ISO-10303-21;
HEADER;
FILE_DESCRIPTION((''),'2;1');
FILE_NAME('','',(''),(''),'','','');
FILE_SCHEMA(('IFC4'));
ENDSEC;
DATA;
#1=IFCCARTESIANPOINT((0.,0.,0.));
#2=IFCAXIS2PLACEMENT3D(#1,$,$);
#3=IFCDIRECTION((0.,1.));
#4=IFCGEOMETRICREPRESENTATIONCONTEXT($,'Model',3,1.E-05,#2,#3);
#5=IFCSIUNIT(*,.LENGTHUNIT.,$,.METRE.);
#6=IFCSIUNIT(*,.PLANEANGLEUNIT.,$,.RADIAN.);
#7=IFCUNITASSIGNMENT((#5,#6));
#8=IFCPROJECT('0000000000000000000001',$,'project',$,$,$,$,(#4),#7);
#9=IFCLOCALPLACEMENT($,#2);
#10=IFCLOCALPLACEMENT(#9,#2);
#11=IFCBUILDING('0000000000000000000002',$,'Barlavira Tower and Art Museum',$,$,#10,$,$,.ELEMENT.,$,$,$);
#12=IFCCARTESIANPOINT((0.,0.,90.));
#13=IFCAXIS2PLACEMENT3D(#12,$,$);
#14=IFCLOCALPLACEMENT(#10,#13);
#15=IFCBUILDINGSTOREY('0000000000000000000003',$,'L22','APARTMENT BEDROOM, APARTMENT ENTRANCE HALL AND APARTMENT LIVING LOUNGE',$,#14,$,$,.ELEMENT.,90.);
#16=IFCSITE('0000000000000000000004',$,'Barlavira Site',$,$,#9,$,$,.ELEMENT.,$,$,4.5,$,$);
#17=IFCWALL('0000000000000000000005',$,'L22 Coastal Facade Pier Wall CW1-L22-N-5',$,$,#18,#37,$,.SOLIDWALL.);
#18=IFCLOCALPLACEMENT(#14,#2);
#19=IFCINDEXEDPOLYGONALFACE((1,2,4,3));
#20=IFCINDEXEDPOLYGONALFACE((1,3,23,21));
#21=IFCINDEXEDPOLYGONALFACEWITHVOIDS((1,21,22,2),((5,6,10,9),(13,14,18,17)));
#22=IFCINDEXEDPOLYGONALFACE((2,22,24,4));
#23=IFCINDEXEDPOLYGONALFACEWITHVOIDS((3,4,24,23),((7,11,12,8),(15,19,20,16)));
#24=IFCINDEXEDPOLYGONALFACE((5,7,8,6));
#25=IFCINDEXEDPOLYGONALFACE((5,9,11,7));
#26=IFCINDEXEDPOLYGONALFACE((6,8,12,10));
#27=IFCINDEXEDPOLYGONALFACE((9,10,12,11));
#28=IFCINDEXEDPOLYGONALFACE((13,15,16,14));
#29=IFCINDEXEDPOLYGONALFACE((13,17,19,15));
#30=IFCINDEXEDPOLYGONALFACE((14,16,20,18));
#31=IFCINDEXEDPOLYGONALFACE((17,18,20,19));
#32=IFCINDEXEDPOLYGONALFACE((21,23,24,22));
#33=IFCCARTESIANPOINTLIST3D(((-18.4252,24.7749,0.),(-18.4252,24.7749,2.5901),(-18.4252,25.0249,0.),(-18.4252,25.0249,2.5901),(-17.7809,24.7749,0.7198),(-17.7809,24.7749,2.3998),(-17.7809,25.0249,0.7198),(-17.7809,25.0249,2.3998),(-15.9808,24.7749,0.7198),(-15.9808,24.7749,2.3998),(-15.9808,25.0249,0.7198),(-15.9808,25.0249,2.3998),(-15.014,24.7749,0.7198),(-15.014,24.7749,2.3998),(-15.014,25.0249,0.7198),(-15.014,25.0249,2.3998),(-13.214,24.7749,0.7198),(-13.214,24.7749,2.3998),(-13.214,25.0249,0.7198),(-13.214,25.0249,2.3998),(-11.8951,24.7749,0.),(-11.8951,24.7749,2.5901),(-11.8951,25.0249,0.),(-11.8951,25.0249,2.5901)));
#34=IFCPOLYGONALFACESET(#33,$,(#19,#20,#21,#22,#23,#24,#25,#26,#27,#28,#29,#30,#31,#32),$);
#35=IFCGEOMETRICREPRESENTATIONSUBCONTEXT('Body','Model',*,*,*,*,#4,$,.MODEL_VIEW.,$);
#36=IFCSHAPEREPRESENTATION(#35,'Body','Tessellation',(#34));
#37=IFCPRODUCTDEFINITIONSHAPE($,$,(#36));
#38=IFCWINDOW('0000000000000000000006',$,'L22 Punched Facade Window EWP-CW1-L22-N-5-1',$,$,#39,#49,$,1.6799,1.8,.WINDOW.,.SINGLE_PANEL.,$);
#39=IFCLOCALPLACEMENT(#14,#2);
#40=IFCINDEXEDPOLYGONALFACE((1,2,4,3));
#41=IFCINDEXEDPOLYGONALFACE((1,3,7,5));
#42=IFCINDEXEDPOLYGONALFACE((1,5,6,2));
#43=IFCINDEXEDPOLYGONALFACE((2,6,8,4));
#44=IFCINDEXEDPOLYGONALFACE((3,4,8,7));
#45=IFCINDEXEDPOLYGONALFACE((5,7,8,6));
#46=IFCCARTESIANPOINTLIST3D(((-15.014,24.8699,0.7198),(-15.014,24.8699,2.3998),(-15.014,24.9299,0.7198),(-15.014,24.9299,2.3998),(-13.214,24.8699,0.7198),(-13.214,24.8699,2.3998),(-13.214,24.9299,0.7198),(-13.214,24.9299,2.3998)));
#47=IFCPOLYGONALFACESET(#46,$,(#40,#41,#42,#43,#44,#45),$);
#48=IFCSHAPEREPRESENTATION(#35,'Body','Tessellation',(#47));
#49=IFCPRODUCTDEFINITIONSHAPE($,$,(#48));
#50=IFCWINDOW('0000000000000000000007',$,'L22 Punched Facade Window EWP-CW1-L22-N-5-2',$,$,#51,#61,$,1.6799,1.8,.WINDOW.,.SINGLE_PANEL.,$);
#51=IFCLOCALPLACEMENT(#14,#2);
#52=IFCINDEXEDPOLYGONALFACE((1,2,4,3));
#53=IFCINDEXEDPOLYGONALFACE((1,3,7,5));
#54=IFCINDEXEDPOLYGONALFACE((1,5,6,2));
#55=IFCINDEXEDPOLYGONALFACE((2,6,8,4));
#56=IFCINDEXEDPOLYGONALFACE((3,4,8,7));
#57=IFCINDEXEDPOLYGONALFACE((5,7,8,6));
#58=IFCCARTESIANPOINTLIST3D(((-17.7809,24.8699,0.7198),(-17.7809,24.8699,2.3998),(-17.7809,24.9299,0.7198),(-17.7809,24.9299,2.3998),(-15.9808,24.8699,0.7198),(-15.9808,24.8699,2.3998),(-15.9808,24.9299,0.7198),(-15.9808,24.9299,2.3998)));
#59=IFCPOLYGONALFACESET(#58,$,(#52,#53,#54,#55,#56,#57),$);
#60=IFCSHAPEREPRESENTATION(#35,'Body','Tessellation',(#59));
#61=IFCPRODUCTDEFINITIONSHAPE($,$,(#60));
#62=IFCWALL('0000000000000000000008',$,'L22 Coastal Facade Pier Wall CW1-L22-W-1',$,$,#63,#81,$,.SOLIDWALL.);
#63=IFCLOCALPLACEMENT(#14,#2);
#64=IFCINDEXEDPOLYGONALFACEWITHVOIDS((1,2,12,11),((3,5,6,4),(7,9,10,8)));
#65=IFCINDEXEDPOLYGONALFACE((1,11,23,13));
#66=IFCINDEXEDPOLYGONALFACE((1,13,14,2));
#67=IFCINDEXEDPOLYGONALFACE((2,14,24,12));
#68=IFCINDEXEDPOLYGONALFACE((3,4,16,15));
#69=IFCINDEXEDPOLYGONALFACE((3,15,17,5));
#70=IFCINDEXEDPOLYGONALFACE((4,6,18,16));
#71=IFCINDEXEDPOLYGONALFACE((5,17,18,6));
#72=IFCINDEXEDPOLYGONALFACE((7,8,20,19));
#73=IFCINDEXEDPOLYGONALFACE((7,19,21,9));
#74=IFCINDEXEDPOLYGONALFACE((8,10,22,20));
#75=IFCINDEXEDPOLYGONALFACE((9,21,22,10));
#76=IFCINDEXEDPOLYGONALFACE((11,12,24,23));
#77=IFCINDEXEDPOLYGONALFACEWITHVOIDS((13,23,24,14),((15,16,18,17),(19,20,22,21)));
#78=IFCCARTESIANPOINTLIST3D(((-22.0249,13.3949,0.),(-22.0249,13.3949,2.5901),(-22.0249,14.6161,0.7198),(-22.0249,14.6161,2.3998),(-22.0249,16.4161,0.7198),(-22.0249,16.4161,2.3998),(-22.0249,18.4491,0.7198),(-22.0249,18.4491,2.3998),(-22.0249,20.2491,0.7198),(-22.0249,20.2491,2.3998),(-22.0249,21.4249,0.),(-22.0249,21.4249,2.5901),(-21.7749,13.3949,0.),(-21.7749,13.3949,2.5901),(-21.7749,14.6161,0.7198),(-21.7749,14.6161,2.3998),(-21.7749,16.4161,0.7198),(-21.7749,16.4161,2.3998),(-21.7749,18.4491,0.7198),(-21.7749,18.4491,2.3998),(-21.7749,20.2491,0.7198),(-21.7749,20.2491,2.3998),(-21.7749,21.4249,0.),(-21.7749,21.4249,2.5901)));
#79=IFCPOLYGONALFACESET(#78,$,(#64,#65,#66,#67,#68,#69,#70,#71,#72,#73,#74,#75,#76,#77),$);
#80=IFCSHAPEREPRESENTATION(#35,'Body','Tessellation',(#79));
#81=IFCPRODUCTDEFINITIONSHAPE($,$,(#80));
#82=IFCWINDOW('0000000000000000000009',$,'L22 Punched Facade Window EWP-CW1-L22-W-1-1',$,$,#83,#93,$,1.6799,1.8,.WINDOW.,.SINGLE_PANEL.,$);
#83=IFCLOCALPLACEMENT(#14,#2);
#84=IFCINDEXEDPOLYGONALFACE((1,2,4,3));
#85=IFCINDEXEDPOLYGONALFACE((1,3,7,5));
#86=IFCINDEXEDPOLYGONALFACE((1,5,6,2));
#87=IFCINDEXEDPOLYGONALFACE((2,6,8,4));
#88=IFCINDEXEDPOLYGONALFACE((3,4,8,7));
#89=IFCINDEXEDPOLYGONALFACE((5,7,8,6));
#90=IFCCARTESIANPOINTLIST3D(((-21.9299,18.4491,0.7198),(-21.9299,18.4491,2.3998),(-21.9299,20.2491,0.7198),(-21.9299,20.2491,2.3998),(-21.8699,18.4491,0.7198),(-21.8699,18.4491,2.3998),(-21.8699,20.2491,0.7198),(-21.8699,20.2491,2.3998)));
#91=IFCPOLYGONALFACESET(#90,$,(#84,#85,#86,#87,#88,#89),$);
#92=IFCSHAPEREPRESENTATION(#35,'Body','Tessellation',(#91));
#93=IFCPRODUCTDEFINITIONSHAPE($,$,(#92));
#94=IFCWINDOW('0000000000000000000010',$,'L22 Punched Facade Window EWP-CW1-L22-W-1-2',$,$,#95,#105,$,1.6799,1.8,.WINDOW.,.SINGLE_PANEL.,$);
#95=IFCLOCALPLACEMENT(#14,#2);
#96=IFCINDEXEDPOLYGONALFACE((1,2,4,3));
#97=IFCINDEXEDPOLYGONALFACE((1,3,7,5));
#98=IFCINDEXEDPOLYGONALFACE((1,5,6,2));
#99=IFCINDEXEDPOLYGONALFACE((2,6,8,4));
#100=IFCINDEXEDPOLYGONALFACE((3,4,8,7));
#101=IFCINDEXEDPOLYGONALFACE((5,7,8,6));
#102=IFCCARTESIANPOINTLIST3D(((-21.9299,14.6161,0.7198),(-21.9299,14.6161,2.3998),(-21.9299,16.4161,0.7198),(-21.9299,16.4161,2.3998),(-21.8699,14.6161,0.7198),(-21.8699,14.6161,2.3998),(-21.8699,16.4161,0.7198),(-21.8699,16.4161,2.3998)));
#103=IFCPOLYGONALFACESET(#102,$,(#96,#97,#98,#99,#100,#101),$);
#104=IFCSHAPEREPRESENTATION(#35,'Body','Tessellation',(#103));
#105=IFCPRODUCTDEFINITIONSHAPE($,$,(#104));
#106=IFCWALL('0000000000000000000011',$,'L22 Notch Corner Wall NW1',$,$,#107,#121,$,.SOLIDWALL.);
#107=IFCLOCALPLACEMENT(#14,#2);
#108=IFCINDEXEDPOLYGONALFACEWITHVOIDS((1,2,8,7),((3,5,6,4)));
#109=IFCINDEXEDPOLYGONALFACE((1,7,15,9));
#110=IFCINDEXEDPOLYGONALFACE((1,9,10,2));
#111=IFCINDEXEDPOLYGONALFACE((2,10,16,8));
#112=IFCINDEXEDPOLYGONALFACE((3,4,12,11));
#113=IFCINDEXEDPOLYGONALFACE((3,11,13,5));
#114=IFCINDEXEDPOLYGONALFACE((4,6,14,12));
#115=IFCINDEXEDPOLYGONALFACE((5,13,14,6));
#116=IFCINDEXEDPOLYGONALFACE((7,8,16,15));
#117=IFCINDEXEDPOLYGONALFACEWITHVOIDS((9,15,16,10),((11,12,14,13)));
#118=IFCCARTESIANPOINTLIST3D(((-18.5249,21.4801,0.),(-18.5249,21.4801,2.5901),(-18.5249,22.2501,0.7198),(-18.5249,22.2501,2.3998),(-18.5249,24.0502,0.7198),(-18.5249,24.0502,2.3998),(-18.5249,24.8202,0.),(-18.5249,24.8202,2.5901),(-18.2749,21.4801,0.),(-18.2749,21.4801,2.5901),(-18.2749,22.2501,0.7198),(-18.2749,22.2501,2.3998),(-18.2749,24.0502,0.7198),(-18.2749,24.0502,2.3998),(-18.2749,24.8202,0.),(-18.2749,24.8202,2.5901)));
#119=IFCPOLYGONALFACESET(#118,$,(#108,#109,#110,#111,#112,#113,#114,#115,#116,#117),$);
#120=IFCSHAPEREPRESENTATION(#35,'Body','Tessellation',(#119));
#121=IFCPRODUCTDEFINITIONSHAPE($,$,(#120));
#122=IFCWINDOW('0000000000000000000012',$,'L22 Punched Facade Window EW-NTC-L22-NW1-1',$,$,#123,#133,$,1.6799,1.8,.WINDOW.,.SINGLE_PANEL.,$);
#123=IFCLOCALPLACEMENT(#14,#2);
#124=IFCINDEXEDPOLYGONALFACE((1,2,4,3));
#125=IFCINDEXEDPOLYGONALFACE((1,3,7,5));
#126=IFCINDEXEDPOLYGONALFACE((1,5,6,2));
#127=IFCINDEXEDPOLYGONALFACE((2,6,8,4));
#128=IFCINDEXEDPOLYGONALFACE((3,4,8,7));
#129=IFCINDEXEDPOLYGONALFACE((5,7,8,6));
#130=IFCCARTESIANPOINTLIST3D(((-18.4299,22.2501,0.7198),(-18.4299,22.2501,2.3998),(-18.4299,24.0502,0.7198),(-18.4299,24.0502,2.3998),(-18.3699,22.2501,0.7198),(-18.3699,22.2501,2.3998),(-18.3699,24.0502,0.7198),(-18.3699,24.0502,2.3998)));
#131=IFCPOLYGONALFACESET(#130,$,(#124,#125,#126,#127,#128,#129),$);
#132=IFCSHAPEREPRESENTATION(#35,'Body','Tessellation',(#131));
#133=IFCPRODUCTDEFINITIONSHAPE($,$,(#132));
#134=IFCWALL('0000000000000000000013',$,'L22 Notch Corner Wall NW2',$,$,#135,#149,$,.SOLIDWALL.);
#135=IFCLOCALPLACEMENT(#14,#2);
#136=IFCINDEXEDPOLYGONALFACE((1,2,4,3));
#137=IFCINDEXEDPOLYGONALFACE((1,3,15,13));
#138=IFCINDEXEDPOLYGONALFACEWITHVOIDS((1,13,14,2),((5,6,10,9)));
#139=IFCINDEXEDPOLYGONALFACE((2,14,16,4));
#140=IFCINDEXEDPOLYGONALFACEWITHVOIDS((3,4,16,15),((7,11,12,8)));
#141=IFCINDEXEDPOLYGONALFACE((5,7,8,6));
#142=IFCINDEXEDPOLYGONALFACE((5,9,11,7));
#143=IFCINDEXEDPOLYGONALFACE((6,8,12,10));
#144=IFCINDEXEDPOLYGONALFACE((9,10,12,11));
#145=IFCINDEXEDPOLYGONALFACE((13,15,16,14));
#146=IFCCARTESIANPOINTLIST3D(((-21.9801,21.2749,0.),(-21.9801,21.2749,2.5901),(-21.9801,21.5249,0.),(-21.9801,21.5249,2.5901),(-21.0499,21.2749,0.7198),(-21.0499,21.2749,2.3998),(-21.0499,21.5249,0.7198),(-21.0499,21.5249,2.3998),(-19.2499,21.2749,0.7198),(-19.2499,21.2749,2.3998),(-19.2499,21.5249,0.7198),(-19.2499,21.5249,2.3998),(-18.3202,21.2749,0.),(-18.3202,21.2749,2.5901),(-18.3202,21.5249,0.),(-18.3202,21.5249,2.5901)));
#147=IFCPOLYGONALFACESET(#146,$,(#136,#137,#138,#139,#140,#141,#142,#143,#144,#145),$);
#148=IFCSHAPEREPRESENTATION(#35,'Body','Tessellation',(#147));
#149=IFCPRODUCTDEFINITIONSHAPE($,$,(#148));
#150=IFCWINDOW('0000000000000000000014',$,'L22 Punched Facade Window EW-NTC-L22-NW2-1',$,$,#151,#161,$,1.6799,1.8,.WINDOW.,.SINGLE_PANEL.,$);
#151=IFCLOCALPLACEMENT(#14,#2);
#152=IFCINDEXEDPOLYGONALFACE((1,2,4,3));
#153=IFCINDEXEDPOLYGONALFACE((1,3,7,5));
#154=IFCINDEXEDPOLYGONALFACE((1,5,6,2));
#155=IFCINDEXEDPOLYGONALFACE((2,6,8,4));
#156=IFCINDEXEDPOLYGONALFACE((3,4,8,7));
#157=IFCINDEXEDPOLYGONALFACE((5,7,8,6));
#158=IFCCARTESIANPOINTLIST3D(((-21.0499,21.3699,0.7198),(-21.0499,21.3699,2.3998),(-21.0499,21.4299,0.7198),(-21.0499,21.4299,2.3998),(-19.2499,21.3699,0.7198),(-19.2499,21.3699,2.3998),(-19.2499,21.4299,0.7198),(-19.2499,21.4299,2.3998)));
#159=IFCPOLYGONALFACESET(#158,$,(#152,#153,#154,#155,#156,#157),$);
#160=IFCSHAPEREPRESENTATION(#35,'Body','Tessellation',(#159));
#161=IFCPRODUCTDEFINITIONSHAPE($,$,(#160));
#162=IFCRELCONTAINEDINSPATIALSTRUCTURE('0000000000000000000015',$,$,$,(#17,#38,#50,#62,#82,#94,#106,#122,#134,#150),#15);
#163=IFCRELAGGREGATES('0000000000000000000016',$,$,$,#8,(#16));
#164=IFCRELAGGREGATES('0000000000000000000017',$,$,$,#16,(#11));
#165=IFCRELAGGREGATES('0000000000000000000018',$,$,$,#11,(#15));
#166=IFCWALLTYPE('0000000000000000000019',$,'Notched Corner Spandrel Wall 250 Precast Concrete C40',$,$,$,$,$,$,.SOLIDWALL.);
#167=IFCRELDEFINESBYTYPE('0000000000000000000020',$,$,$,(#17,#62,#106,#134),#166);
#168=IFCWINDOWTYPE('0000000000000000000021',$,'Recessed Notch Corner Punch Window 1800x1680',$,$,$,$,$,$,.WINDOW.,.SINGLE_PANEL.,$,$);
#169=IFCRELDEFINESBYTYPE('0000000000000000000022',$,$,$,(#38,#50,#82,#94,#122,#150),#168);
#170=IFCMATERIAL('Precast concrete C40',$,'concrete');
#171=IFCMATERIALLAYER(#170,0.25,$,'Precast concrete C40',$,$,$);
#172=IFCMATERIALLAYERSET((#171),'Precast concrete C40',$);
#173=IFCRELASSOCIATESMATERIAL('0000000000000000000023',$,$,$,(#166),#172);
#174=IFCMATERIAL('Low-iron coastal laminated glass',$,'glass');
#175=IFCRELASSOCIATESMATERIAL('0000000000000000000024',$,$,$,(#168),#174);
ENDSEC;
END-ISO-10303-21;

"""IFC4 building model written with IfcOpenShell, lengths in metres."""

from ifc_helpers import new_model, si_unit, direction, frame, frame_2d, origin, place, context, subcontext, project, spatial, rectangle, extrude, material, layer, layer_set, type_object, element, fill, save


model = new_model("IFC4")

# Units and contexts
model_context = context("Model", 3, precision=1e-05, world=origin(), true_north=direction((0.0, 1.0)))
body_context = subcontext(model_context, "Body", "Model", "MODEL_VIEW")
ifc_project = project(units=[si_unit("LENGTHUNIT", "METRE"), si_unit("PLANEANGLEUNIT", "RADIAN")], contexts=[model_context])

# Site, building, storey
site_placement = place(None, origin())
site = spatial("IfcSite", under=ifc_project, at=site_placement, Name="Barlavira Site", CompositionType="ELEMENT", RefElevation=4.5)
building_placement = place(site_placement, origin())
building = spatial("IfcBuilding", under=site, at=building_placement, Name="Barlavira Tower and Art Museum", CompositionType="ELEMENT")
storey_placement = place(building_placement, frame((0.0, 0.0, 90.0)))
storey = spatial("IfcBuildingStorey", under=building, at=storey_placement, Name="L22", Description="APARTMENT BEDROOM, APARTMENT ENTRANCE HALL AND APARTMENT LIVING LOUNGE", CompositionType="ELEMENT", Elevation=90.0)

# Walls, openings, windows
ifc_material_1 = material(Name="Precast concrete C40", Category="concrete")
ifc_layer_1 = layer(ifc_material_1, 0.25, Name="Precast concrete C40")
ifc_layer_set_1 = layer_set([ifc_layer_1], Name="Precast concrete C40")
wall_type_1 = type_object("IfcWallType", Name="Notched Corner Spandrel Wall 250 Precast Concrete C40", PredefinedType="SOLIDWALL", material=ifc_layer_set_1)
wall_1_placement = place(storey_placement, frame((-11.895, 24.8999, 0.0), z_axis=(0.0, 0.0, 1.0), x_axis=(-1.0, 0.0, 0.0)))
wall_1 = element("IfcWall", 1, at=wall_1_placement, inside=storey, type_object=wall_type_1, Name="L22 Coastal Facade Pier Wall CW1-L22-N-5", PredefinedType="SOLIDWALL", context=body_context, shape_type="SweptSolid", body=[
    extrude(rectangle(XDim=6.53, YDim=0.25, at=frame_2d((3.2651, 0.0))), origin(), (0.0, 0.0, 1.0), 2.5901),
])
opening_1_placement = place(wall_1_placement, frame((1.3191, 0.0, 0.72)))
opening_1 = element("IfcOpeningElement", 2, at=opening_1_placement, cuts=wall_1, PredefinedType="OPENING", context=body_context, shape_type="SweptSolid", body=[
    extrude(rectangle(XDim=1.8, YDim=1.6799, at=frame_2d((0.8999, 0.8398))), frame((0.0, 0.135, 0.0), z_axis=(0.0, -1.0, 0.0), x_axis=(1.0, 0.0, 0.0)), (0.0, 0.0, 1.0), 0.27),
])
opening_2_placement = place(wall_1_placement, frame((4.0859, 0.0, 0.72)))
opening_2 = element("IfcOpeningElement", 3, at=opening_2_placement, cuts=wall_1, PredefinedType="OPENING", context=body_context, shape_type="SweptSolid", body=[
    extrude(rectangle(XDim=1.8, YDim=1.6799, at=frame_2d((0.8999, 0.8398))), frame((0.0, 0.135, 0.0), z_axis=(0.0, -1.0, 0.0), x_axis=(1.0, 0.0, 0.0)), (0.0, 0.0, 1.0), 0.27),
])
ifc_material_2 = material(Name="Low-iron coastal laminated glass", Category="glass")
window_type = type_object("IfcWindowType", Name="Recessed Notch Corner Punch Window 1800x1680", PartitioningType="SINGLE_PANEL", PredefinedType="WINDOW", material=ifc_material_2)
window_1_placement = place(opening_1_placement, origin())
window_1 = element("IfcWindow", 4, at=window_1_placement, inside=storey, type_object=window_type, Name="L22 Punched Facade Window EWP-CW1-L22-N-5-1", OverallHeight=1.6799, OverallWidth=1.8, PartitioningType="SINGLE_PANEL", PredefinedType="WINDOW", context=body_context, shape_type="SweptSolid", body=[
    extrude(rectangle(XDim=1.8, YDim=1.6799, at=frame_2d((0.8999, 0.8398))), frame((0.0, 0.03, 0.0), z_axis=(0.0, -1.0, 0.0), x_axis=(1.0, 0.0, 0.0)), (0.0, 0.0, 1.0), 0.0601),
])
fill(opening_1, window_1)
window_2_placement = place(opening_2_placement, origin())
window_2 = element("IfcWindow", 5, at=window_2_placement, inside=storey, type_object=window_type, Name="L22 Punched Facade Window EWP-CW1-L22-N-5-2", OverallHeight=1.6799, OverallWidth=1.8, PartitioningType="SINGLE_PANEL", PredefinedType="WINDOW", context=body_context, shape_type="SweptSolid", body=[
    extrude(rectangle(XDim=1.8, YDim=1.6799, at=frame_2d((0.8999, 0.8398))), frame((0.0, 0.03, 0.0), z_axis=(0.0, -1.0, 0.0), x_axis=(1.0, 0.0, 0.0)), (0.0, 0.0, 1.0), 0.0601),
])
fill(opening_2, window_2)
wall_2_placement = place(storey_placement, frame((-21.8999, 21.425, 0.0), z_axis=(0.0, 0.0, 1.0), x_axis=(0.0, -1.0, 0.0)))
wall_2 = element("IfcWall", 6, at=wall_2_placement, inside=storey, type_object=wall_type_1, Name="L22 Coastal Facade Pier Wall CW1-L22-W-1", PredefinedType="SOLIDWALL", context=body_context, shape_type="SweptSolid", body=[
    extrude(rectangle(XDim=8.03, YDim=0.25, at=frame_2d((4.0151, 0.0))), origin(), (0.0, 0.0, 1.0), 2.5901),
])
opening_3_placement = place(wall_2_placement, frame((1.176, 0.0, 0.72)))
opening_3 = element("IfcOpeningElement", 7, at=opening_3_placement, cuts=wall_2, PredefinedType="OPENING", context=body_context, shape_type="SweptSolid", body=[
    extrude(rectangle(XDim=1.8, YDim=1.6799, at=frame_2d((0.8999, 0.8398))), frame((0.0, 0.135, 0.0), z_axis=(0.0, -1.0, 0.0), x_axis=(1.0, 0.0, 0.0)), (0.0, 0.0, 1.0), 0.27),
])
opening_4_placement = place(wall_2_placement, frame((5.009, 0.0, 0.72)))
opening_4 = element("IfcOpeningElement", 8, at=opening_4_placement, cuts=wall_2, PredefinedType="OPENING", context=body_context, shape_type="SweptSolid", body=[
    extrude(rectangle(XDim=1.8, YDim=1.6799, at=frame_2d((0.8999, 0.8398))), frame((0.0, 0.135, 0.0), z_axis=(0.0, -1.0, 0.0), x_axis=(1.0, 0.0, 0.0)), (0.0, 0.0, 1.0), 0.27),
])
window_3_placement = place(opening_3_placement, origin())
window_3 = element("IfcWindow", 9, at=window_3_placement, inside=storey, type_object=window_type, Name="L22 Punched Facade Window EWP-CW1-L22-W-1-1", OverallHeight=1.6799, OverallWidth=1.8, PartitioningType="SINGLE_PANEL", PredefinedType="WINDOW", context=body_context, shape_type="SweptSolid", body=[
    extrude(rectangle(XDim=1.8, YDim=1.6799, at=frame_2d((0.8999, 0.8398))), frame((0.0, 0.03, 0.0), z_axis=(0.0, -1.0, 0.0), x_axis=(1.0, 0.0, 0.0)), (0.0, 0.0, 1.0), 0.0601),
])
fill(opening_3, window_3)
window_4_placement = place(opening_4_placement, origin())
window_4 = element("IfcWindow", 10, at=window_4_placement, inside=storey, type_object=window_type, Name="L22 Punched Facade Window EWP-CW1-L22-W-1-2", OverallHeight=1.6799, OverallWidth=1.8, PartitioningType="SINGLE_PANEL", PredefinedType="WINDOW", context=body_context, shape_type="SweptSolid", body=[
    extrude(rectangle(XDim=1.8, YDim=1.6799, at=frame_2d((0.8999, 0.8398))), frame((0.0, 0.03, 0.0), z_axis=(0.0, -1.0, 0.0), x_axis=(1.0, 0.0, 0.0)), (0.0, 0.0, 1.0), 0.0601),
])
fill(opening_4, window_4)

# Walls, openings, windows
wall_3_placement = place(storey_placement, frame((-18.3999, 24.8201, 0.0), z_axis=(0.0, 0.0, 1.0), x_axis=(0.0, -1.0, 0.0)))
wall_3 = element("IfcWall", 11, at=wall_3_placement, inside=storey, type_object=wall_type_1, Name="L22 Notch Corner Wall NW1", PredefinedType="SOLIDWALL", context=body_context, shape_type="SweptSolid", body=[
    extrude(rectangle(XDim=3.3401, YDim=0.25, at=frame_2d((1.6699, 0.0))), origin(), (0.0, 0.0, 1.0), 2.5901),
])
opening_5_placement = place(wall_3_placement, frame((0.77, 0.0, 0.72)))
opening_5 = element("IfcOpeningElement", 12, at=opening_5_placement, cuts=wall_3, PredefinedType="OPENING", context=body_context, shape_type="SweptSolid", body=[
    extrude(rectangle(XDim=1.8, YDim=1.6799, at=frame_2d((0.8999, 0.8398))), frame((0.0, 0.135, 0.0), z_axis=(0.0, -1.0, 0.0), x_axis=(1.0, 0.0, 0.0)), (0.0, 0.0, 1.0), 0.27),
])
window_5_placement = place(opening_5_placement, origin())
window_5 = element("IfcWindow", 13, at=window_5_placement, inside=storey, type_object=window_type, Name="L22 Punched Facade Window EW-NTC-L22-NW1-1", OverallHeight=1.6799, OverallWidth=1.8, PartitioningType="SINGLE_PANEL", PredefinedType="WINDOW", context=body_context, shape_type="SweptSolid", body=[
    extrude(rectangle(XDim=1.8, YDim=1.6799, at=frame_2d((0.8999, 0.8398))), frame((0.0, 0.03, 0.0), z_axis=(0.0, -1.0, 0.0), x_axis=(1.0, 0.0, 0.0)), (0.0, 0.0, 1.0), 0.0601),
])
fill(opening_5, window_5)
wall_4_placement = place(storey_placement, frame((-18.3201, 21.3999, 0.0), z_axis=(0.0, 0.0, 1.0), x_axis=(-1.0, 0.0, 0.0)))
wall_4 = element("IfcWall", 14, at=wall_4_placement, inside=storey, type_object=wall_type_1, Name="L22 Notch Corner Wall NW2", PredefinedType="SOLIDWALL", context=body_context, shape_type="SweptSolid", body=[
    extrude(rectangle(XDim=3.6599, YDim=0.25, at=frame_2d((1.8301, 0.0))), origin(), (0.0, 0.0, 1.0), 2.5901),
])
opening_6_placement = place(wall_4_placement, frame((0.9299, 0.0, 0.72)))
opening_6 = element("IfcOpeningElement", 15, at=opening_6_placement, cuts=wall_4, PredefinedType="OPENING", context=body_context, shape_type="SweptSolid", body=[
    extrude(rectangle(XDim=1.8, YDim=1.6799, at=frame_2d((0.8999, 0.8398))), frame((0.0, 0.135, 0.0), z_axis=(0.0, -1.0, 0.0), x_axis=(1.0, 0.0, 0.0)), (0.0, 0.0, 1.0), 0.27),
])
window_6_placement = place(opening_6_placement, origin())
window_6 = element("IfcWindow", 16, at=window_6_placement, inside=storey, type_object=window_type, Name="L22 Punched Facade Window EW-NTC-L22-NW2-1", OverallHeight=1.6799, OverallWidth=1.8, PartitioningType="SINGLE_PANEL", PredefinedType="WINDOW", context=body_context, shape_type="SweptSolid", body=[
    extrude(rectangle(XDim=1.8, YDim=1.6799, at=frame_2d((0.8999, 0.8398))), frame((0.0, 0.03, 0.0), z_axis=(0.0, -1.0, 0.0), x_axis=(1.0, 0.0, 0.0)), (0.0, 0.0, 1.0), 0.0601),
])
fill(opening_6, window_6)

save(model, "model.ifc")
